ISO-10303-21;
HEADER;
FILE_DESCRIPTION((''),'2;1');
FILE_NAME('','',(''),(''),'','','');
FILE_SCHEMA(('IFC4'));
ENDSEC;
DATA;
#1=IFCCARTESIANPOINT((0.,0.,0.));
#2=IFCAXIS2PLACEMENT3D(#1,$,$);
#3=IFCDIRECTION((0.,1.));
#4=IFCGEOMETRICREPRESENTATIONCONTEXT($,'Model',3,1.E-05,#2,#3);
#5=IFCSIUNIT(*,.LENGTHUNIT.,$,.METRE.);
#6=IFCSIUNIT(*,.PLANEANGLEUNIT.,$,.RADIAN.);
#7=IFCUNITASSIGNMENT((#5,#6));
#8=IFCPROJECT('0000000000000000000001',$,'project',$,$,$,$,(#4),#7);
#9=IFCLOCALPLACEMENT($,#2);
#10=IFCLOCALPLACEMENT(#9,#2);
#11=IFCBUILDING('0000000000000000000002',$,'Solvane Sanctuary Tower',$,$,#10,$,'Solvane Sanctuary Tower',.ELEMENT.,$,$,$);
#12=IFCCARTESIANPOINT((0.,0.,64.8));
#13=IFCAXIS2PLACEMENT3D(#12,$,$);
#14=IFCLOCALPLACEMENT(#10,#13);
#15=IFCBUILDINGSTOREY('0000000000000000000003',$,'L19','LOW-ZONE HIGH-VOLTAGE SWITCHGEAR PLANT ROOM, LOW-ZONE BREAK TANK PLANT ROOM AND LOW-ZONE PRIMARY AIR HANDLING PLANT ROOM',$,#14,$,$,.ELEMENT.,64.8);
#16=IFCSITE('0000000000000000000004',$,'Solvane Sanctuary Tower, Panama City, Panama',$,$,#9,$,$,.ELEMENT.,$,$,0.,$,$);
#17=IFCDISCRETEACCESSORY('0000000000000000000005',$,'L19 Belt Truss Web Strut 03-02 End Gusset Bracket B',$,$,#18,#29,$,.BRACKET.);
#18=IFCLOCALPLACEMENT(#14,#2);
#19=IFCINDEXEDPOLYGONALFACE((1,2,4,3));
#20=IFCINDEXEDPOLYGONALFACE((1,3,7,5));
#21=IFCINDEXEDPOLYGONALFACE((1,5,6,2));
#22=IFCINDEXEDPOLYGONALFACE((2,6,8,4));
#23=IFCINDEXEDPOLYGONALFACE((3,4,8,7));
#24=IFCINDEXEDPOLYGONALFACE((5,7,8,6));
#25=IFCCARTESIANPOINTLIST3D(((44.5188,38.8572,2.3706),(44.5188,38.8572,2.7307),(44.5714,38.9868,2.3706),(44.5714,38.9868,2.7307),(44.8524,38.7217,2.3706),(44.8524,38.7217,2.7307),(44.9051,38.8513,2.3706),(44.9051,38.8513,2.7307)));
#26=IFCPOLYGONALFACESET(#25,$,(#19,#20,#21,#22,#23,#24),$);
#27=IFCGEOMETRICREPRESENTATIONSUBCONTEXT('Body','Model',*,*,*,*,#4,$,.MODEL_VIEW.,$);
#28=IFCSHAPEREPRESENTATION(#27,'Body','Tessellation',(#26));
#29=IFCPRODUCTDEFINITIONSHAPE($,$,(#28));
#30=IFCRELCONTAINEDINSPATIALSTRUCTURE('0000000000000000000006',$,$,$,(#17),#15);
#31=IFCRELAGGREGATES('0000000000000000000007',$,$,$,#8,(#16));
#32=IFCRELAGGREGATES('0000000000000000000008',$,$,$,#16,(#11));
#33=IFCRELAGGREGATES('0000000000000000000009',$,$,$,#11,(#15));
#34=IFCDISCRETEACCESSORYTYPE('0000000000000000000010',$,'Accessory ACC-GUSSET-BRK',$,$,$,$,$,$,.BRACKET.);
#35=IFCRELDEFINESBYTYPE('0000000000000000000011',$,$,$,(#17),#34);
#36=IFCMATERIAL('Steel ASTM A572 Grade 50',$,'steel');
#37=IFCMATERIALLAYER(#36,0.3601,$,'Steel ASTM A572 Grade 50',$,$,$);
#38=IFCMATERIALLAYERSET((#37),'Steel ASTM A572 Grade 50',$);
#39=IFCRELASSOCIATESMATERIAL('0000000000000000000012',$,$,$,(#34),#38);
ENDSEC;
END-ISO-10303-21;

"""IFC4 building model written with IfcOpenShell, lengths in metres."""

from ifc_helpers import new_model, si_unit, direction, frame, origin, origin_2d, place, context, subcontext, project, spatial, rectangle, extrude, material, layer, layer_set, type_object, element, save


model = new_model("IFC4")

# Units and contexts
model_context = context("Model", 3, precision=1e-05, world=origin(), true_north=direction((0.0, 1.0)))
body_context = subcontext(model_context, "Body", "Model", "MODEL_VIEW")
ifc_project = project(units=[si_unit("LENGTHUNIT", "METRE"), si_unit("PLANEANGLEUNIT", "RADIAN")], contexts=[model_context])

# Site, building, storey
site_placement = place(None, origin())
site = spatial("IfcSite", under=ifc_project, at=site_placement, Name="Solvane Sanctuary Tower, Panama City, Panama", CompositionType="ELEMENT", RefElevation=0.0)
building_placement = place(site_placement, origin())
building = spatial("IfcBuilding", under=site, at=building_placement, Name="Solvane Sanctuary Tower", LongName="Solvane Sanctuary Tower", CompositionType="ELEMENT")
storey_placement = place(building_placement, frame((0.0, 0.0, 64.8)))
storey = spatial("IfcBuildingStorey", under=building, at=storey_placement, Name="L19", Description="LOW-ZONE HIGH-VOLTAGE SWITCHGEAR PLANT ROOM, LOW-ZONE BREAK TANK PLANT ROOM AND LOW-ZONE PRIMARY AIR HANDLING PLANT ROOM", CompositionType="ELEMENT", Elevation=64.8)

# Shared definitions
ifc_material_1 = material(Name="Steel ASTM A572 Grade 50", Category="steel")

# Discrete accessory
ifc_layer_1 = layer(ifc_material_1, 0.3601, Name="Steel ASTM A572 Grade 50")
ifc_layer_set_1 = layer_set([ifc_layer_1], Name="Steel ASTM A572 Grade 50")
discrete_accessory_type = type_object("IfcDiscreteAccessoryType", Name="Accessory ACC-GUSSET-BRK", PredefinedType="BRACKET", material=ifc_layer_set_1)
for number, where, z_axis, x_axis, name in (
    (1, (44.7119, 38.8542, 2.3706), (0.0, 0.0, 1.0), (0.926463, -0.376386, 0.0), "L19 Belt Truss Web Strut 03-02 End Gusset Bracket B"),
):
    element("IfcDiscreteAccessory", number, at=place(storey_placement, frame(where, z_axis=z_axis, x_axis=x_axis)), inside=storey, type_object=discrete_accessory_type, Name=name, PredefinedType="BRACKET", context=body_context, shape_type="SweptSolid", body=[
        extrude(rectangle(XDim=0.3601, YDim=0.1399, at=origin_2d()), origin(), (0.0, 0.0, 1.0), 0.3601),
    ])

save(model, "model.ifc")
